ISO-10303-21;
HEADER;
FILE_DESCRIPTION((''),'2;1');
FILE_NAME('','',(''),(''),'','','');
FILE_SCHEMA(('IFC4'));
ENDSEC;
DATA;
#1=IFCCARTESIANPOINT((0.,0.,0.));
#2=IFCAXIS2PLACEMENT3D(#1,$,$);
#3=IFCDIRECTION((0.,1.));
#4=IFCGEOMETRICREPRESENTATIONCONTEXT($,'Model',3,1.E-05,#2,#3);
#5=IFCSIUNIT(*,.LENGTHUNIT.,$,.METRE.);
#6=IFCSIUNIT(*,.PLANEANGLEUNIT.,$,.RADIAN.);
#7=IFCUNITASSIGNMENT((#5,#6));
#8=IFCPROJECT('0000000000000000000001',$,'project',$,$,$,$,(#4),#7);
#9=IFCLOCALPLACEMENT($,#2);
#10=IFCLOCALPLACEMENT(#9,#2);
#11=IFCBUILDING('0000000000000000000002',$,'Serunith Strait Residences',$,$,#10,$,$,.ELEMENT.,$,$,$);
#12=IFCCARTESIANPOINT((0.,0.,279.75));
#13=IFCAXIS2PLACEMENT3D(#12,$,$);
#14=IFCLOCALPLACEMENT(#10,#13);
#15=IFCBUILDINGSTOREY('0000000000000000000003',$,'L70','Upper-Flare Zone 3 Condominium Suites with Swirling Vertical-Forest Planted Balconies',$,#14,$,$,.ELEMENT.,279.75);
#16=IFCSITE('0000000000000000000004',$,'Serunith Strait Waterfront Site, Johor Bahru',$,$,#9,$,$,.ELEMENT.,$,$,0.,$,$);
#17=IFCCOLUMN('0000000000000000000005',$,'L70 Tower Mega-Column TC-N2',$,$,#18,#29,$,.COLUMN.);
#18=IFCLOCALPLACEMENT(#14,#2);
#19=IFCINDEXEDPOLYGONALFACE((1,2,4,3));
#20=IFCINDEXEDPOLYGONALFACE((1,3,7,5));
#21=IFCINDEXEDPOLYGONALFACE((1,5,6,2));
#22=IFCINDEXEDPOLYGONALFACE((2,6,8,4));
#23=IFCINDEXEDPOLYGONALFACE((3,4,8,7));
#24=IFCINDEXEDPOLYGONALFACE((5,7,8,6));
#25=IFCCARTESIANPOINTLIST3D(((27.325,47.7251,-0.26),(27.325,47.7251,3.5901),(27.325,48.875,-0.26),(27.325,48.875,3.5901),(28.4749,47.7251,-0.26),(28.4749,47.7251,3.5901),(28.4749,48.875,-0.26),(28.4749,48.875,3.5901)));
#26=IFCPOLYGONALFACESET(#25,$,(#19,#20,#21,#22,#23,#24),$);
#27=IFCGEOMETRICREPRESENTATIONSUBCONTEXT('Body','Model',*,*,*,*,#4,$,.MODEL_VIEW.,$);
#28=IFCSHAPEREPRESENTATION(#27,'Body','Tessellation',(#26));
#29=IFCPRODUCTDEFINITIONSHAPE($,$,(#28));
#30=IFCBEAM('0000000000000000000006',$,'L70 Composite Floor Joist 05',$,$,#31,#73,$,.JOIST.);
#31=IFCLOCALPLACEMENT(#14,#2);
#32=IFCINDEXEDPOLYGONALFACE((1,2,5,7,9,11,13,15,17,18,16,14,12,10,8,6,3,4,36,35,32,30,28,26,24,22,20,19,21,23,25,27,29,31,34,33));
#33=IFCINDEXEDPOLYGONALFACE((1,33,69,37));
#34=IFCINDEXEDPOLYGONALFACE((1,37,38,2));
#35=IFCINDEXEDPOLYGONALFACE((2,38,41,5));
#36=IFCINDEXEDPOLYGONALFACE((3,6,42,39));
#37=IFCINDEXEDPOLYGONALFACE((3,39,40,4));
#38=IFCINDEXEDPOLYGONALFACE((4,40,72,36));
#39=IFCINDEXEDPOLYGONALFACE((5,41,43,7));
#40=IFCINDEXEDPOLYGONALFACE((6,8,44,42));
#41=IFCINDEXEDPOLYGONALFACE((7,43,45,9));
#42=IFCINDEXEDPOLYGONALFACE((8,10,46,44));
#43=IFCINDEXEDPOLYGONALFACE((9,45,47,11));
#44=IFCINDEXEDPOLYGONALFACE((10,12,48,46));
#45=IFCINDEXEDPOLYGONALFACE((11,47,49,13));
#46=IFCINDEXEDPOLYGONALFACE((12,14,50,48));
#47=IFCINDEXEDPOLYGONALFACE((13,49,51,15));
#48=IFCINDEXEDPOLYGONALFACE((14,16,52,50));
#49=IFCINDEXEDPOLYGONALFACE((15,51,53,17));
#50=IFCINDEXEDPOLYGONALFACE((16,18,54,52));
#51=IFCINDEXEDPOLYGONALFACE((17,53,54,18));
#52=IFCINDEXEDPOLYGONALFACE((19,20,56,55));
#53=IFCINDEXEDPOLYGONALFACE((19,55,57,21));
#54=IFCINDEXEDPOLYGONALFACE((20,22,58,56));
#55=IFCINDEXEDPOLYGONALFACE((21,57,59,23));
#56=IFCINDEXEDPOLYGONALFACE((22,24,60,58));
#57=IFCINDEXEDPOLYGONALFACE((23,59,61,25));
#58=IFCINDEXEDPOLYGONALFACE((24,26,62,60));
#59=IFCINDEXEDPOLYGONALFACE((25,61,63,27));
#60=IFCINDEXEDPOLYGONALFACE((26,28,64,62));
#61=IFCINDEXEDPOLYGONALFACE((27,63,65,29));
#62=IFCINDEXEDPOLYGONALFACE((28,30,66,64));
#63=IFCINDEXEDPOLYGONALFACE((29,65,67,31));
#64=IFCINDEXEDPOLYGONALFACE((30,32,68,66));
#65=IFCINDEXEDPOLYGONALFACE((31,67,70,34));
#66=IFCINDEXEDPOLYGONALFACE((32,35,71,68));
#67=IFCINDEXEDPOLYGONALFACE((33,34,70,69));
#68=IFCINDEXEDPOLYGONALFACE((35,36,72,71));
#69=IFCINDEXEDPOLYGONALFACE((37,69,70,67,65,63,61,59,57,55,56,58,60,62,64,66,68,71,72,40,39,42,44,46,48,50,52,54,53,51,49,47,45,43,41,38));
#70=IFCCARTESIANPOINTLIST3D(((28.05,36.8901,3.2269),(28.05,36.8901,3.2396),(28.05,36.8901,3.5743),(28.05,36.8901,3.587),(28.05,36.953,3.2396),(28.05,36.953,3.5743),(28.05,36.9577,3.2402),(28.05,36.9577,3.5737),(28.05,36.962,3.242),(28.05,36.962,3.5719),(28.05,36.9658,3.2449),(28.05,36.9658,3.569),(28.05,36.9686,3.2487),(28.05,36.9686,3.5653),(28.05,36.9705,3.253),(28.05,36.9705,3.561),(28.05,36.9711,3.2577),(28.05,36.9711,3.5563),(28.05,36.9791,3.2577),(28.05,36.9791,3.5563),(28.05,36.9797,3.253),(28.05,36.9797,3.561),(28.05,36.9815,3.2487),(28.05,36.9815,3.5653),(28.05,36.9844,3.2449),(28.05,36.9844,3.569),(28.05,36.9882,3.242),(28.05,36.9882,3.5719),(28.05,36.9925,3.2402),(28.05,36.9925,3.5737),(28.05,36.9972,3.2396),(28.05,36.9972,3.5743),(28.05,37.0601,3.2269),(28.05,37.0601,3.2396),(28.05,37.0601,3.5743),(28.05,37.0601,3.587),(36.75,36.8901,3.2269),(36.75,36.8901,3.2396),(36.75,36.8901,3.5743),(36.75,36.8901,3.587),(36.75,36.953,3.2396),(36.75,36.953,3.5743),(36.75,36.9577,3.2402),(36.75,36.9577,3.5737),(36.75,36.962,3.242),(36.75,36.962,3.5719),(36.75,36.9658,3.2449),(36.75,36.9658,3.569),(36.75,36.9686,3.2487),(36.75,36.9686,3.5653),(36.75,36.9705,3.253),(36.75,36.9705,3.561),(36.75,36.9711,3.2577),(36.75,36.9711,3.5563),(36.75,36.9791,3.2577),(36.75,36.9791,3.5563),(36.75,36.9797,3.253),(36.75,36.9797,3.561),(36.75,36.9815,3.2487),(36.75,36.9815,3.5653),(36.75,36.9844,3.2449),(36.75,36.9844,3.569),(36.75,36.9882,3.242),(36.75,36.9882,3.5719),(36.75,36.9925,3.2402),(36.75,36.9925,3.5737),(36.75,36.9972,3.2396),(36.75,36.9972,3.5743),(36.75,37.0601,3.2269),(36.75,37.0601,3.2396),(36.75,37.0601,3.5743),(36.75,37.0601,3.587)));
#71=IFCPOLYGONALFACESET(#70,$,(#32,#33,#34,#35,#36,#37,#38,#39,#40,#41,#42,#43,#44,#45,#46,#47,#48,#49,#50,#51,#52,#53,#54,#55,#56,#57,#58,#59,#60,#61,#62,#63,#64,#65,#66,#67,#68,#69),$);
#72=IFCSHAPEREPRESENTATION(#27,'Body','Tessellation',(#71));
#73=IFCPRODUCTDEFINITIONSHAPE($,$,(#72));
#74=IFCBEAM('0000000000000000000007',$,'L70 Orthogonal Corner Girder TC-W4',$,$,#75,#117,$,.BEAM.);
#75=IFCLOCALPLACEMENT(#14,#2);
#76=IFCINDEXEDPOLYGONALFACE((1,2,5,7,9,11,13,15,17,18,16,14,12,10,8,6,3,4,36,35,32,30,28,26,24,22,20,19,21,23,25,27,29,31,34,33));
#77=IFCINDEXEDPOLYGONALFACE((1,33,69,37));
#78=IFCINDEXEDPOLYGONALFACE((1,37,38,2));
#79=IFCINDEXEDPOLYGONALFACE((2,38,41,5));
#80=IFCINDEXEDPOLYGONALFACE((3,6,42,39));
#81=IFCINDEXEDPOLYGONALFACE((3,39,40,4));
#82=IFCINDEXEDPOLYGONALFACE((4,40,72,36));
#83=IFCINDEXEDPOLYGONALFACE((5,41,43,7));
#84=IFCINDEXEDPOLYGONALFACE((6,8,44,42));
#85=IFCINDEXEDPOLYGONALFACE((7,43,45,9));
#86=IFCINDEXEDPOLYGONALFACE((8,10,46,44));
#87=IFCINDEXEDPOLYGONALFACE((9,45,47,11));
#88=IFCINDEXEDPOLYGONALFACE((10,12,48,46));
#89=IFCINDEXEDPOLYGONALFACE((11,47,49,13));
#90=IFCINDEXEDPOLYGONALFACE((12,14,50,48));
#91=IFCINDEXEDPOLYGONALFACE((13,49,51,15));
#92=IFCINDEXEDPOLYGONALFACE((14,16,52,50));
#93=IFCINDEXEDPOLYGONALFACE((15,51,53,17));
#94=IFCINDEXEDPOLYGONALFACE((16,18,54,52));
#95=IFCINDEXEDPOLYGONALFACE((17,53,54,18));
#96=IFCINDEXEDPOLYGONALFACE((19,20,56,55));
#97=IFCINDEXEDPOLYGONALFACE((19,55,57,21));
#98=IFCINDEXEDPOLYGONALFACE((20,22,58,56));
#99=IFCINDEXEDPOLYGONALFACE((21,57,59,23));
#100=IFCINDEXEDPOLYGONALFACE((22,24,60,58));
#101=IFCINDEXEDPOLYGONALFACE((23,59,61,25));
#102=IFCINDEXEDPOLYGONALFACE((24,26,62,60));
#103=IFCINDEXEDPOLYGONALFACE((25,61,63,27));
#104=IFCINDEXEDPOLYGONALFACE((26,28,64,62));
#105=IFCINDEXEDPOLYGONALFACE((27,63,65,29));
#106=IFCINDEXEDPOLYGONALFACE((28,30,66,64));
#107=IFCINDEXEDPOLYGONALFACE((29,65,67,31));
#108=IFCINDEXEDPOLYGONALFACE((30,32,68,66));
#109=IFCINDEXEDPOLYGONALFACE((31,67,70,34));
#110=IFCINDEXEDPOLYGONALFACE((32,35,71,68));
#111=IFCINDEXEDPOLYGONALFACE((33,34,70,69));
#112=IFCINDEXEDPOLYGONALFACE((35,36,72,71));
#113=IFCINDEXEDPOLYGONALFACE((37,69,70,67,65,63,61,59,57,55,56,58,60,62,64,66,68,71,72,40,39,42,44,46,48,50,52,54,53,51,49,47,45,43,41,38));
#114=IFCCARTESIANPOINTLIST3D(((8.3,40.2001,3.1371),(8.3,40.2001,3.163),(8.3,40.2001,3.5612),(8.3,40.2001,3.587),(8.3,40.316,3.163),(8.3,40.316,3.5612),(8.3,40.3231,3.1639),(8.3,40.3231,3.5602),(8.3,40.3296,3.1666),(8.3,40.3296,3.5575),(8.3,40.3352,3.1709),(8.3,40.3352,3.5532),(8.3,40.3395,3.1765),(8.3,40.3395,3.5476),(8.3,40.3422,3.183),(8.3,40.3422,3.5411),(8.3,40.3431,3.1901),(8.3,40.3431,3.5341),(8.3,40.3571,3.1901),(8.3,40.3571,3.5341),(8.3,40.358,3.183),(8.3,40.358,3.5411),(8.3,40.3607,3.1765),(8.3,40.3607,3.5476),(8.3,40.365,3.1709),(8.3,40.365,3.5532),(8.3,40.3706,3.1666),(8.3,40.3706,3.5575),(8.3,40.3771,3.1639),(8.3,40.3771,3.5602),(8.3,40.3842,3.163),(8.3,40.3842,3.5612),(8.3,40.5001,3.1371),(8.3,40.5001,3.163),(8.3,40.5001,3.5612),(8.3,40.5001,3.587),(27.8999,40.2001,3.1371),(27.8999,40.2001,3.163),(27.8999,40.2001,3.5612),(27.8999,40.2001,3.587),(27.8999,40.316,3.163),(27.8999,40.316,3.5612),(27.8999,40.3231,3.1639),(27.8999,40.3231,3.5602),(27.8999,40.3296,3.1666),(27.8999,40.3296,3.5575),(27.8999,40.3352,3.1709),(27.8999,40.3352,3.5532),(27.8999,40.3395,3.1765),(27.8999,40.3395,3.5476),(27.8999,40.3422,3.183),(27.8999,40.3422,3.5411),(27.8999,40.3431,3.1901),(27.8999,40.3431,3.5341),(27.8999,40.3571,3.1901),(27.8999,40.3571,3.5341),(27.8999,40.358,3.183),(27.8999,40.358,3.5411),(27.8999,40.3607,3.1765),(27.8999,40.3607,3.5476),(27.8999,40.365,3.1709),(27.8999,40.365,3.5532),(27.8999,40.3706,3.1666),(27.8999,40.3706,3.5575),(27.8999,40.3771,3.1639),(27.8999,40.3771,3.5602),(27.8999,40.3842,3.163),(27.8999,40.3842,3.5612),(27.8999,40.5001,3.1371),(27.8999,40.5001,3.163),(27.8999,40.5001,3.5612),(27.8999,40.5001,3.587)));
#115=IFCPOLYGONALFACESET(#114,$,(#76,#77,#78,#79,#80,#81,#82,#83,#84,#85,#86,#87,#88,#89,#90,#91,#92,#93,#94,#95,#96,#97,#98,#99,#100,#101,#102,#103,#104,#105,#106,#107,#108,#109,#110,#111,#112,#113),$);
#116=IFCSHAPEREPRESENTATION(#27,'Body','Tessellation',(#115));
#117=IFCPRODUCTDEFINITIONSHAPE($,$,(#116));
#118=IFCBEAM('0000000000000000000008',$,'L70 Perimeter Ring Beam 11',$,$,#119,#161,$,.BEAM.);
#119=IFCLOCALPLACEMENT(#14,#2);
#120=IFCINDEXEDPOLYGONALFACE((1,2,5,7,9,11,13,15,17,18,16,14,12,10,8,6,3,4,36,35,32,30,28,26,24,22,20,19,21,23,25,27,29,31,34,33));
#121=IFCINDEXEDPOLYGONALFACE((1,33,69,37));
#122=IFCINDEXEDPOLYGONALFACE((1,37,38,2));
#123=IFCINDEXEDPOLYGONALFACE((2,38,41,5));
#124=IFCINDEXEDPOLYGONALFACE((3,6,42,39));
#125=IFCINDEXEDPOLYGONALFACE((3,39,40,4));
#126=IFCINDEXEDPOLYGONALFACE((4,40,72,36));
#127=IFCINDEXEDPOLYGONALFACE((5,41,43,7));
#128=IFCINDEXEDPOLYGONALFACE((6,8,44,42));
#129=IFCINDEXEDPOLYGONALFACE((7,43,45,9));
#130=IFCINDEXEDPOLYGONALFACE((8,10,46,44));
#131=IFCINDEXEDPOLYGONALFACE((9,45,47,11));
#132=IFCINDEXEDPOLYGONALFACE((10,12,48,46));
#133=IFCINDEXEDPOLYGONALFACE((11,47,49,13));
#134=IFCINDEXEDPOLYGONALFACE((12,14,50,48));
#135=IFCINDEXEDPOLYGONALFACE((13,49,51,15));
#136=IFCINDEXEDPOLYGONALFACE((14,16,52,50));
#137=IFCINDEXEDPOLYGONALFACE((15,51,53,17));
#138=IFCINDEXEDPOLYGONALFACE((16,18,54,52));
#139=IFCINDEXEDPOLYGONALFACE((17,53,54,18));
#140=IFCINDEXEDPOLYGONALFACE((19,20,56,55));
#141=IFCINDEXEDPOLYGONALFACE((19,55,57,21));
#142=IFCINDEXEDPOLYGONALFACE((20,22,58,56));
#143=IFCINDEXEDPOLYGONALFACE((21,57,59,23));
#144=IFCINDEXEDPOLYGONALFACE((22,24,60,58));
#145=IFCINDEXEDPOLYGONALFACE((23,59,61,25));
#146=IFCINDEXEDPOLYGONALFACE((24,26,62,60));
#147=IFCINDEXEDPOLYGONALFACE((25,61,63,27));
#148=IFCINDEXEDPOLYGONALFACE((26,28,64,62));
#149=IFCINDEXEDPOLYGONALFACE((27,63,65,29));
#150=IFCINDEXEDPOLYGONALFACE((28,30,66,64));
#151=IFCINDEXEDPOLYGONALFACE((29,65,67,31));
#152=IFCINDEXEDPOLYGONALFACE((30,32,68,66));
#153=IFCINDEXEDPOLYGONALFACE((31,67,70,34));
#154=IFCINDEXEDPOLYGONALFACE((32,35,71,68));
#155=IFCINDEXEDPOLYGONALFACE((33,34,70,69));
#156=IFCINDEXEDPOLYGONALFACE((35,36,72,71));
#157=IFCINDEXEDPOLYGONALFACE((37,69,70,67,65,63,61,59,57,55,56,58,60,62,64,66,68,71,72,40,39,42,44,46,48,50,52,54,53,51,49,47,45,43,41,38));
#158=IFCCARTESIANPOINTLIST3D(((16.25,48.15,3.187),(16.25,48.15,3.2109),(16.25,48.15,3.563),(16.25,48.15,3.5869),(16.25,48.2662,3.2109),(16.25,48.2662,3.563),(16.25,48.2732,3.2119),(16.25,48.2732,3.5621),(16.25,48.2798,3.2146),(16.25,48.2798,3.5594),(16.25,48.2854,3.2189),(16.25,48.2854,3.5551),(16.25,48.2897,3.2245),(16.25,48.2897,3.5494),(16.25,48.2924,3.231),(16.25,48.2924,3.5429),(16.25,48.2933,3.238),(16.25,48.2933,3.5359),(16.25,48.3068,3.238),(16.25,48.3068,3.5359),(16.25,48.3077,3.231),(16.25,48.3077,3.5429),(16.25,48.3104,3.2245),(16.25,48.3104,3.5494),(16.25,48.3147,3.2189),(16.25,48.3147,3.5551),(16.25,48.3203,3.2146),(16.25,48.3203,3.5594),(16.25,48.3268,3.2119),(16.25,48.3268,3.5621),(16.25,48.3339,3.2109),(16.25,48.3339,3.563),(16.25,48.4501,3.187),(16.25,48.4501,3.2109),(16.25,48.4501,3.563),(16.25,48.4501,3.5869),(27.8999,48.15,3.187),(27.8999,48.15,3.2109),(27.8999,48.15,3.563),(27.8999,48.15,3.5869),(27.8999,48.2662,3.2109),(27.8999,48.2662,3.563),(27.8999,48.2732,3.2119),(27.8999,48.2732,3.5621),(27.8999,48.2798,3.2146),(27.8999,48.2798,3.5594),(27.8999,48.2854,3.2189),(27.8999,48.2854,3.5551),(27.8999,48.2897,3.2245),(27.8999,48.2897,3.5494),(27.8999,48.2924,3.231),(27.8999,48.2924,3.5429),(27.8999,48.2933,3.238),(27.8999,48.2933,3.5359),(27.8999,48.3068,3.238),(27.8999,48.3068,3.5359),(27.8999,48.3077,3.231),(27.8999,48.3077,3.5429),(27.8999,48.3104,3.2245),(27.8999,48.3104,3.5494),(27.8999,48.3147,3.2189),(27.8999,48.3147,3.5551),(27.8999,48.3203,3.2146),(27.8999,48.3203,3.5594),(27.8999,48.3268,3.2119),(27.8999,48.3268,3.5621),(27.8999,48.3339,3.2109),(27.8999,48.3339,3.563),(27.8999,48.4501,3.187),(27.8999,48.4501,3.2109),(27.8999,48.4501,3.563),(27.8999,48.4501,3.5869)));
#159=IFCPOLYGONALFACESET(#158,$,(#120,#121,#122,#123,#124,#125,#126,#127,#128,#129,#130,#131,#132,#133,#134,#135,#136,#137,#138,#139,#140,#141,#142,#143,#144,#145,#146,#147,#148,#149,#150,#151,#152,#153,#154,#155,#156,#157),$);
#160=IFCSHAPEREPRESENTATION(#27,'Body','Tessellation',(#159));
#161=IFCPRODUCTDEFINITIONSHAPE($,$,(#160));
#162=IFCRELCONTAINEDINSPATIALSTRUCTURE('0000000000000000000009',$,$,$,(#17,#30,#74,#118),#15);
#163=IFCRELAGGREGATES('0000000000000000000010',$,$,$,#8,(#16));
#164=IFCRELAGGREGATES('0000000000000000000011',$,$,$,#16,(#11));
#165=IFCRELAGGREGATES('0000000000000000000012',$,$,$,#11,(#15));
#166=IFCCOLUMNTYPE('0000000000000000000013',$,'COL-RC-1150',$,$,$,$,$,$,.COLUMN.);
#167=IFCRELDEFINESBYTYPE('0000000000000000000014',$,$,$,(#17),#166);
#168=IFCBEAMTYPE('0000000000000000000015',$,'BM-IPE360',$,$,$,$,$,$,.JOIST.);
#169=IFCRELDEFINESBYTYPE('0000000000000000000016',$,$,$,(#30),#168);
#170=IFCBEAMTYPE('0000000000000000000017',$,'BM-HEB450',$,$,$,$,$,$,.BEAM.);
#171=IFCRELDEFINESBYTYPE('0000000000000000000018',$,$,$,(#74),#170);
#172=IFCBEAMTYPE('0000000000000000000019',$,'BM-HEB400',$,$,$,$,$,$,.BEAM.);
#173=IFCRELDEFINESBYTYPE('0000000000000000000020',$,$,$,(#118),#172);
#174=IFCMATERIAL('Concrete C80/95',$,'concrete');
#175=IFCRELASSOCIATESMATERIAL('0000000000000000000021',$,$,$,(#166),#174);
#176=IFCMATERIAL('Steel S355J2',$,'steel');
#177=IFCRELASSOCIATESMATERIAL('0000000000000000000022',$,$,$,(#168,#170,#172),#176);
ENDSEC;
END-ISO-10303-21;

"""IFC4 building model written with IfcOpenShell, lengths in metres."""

from ifc_helpers import new_model, si_unit, direction, frame, origin, origin_2d, place, context, subcontext, project, spatial, rectangle, i_section, extrude, source, transform, mapped, material, material_profile, profile_set, type_object, element, save


model = new_model("IFC4")

# Units and contexts
model_context = context("Model", 3, precision=1e-05, world=origin(), true_north=direction((0.0, 1.0)))
body_context = subcontext(model_context, "Body", "Model", "MODEL_VIEW")
ifc_project = project(units=[si_unit("LENGTHUNIT", "METRE"), si_unit("PLANEANGLEUNIT", "RADIAN")], contexts=[model_context])

# Site, building, storey
site_placement = place(None, origin())
site = spatial("IfcSite", under=ifc_project, at=site_placement, Name="Serunith Strait Waterfront Site, Johor Bahru", CompositionType="ELEMENT", RefElevation=0.0)
building_placement = place(site_placement, origin())
building = spatial("IfcBuilding", under=site, at=building_placement, Name="Serunith Strait Residences", CompositionType="ELEMENT")
storey_placement = place(building_placement, frame((0.0, 0.0, 279.75)))
storey = spatial("IfcBuildingStorey", under=building, at=storey_placement, Name="L70", Description="Upper-Flare Zone 3 Condominium Suites with Swirling Vertical-Forest Planted Balconies", CompositionType="ELEMENT", Elevation=279.75)

# Column
ifc_material_1 = material(Name="Concrete C80/95", Category="concrete")
ifc_material_profile_1 = material_profile(ifc_material_1, rectangle(XDim=1.1499, YDim=1.1499, at=origin_2d()), Name="RC 1150x1150")
ifc_profile_set_1 = profile_set([ifc_material_profile_1], Name="Concrete C80/95")
column_type = type_object("IfcColumnType", Name="COL-RC-1150", PredefinedType="COLUMN", material=ifc_profile_set_1)
shared_shape_1 = source(origin(), body_context, "Body", "SweptSolid", [
    extrude(rectangle(XDim=1.1499, YDim=1.1499, at=origin_2d()), origin(), (0.0, 0.0, 1.0), 3.8501),
])
column_placement = place(storey_placement, frame((27.8999, 48.3, -0.26), z_axis=(0.0, 0.0, 1.0), x_axis=(1.0, 0.0, 0.0)))
element("IfcColumn", 1, at=column_placement, inside=storey, type_object=column_type, Name="L70 Tower Mega-Column TC-N2", PredefinedType="COLUMN", context=body_context, shape_type="MappedRepresentation", body=[
    mapped(shared_shape_1, transform((0.0, 0.0, 0.0), scale=1.0)),
])

# Beams
ifc_material_2 = material(Name="Steel S355J2", Category="steel")
ifc_material_profile_2 = material_profile(ifc_material_2, i_section(OverallWidth=0.1699, OverallDepth=0.3601, WebThickness=0.0081, FlangeThickness=0.0127, FilletRadius=0.0181, at=origin_2d()), Name="IPE 360")
ifc_profile_set_2 = profile_set([ifc_material_profile_2], Name="Steel S355J2")
beam_type_1 = type_object("IfcBeamType", Name="BM-IPE360", PredefinedType="JOIST", material=ifc_profile_set_2)
shared_shape_2 = source(origin(), body_context, "Body", "SweptSolid", [
    extrude(i_section(OverallWidth=0.1699, OverallDepth=0.3601, WebThickness=0.0081, FlangeThickness=0.0127, FilletRadius=0.0181, at=origin_2d()), origin(), (0.0, 0.0, 1.0), 8.7),
])
beam_1_placement = place(storey_placement, frame((28.05, 36.9751, 3.407), z_axis=(1.0, 0.0, 0.0), x_axis=(0.0, 1.0, 0.0)))
element("IfcBeam", 2, at=beam_1_placement, inside=storey, type_object=beam_type_1, Name="L70 Composite Floor Joist 05", PredefinedType="JOIST", context=body_context, shape_type="MappedRepresentation", body=[
    mapped(shared_shape_2, transform((0.0, 0.0, 0.0), scale=1.0)),
])
ifc_material_profile_3 = material_profile(ifc_material_2, i_section(OverallWidth=0.3, OverallDepth=0.45, WebThickness=0.0139, FlangeThickness=0.0259, FilletRadius=0.0271, at=origin_2d()), Name="HEB 450")
ifc_profile_set_3 = profile_set([ifc_material_profile_3], Name="Steel S355J2")
beam_type_2 = type_object("IfcBeamType", Name="BM-HEB450", PredefinedType="BEAM", material=ifc_profile_set_3)
shared_shape_3 = source(origin(), body_context, "Body", "SweptSolid", [
    extrude(i_section(OverallWidth=0.3, OverallDepth=0.45, WebThickness=0.0139, FlangeThickness=0.0259, FilletRadius=0.0271, at=origin_2d()), origin(), (0.0, 0.0, 1.0), 19.5999),
])
beam_2_placement = place(storey_placement, frame((27.8999, 40.3501, 3.3621), z_axis=(-1.0, 0.0, 0.0), x_axis=(0.0, -1.0, 0.0)))
element("IfcBeam", 3, at=beam_2_placement, inside=storey, type_object=beam_type_2, Name="L70 Orthogonal Corner Girder TC-W4", PredefinedType="BEAM", context=body_context, shape_type="MappedRepresentation", body=[
    mapped(shared_shape_3, transform((0.0, 0.0, 0.0), scale=1.0)),
])
ifc_material_profile_4 = material_profile(ifc_material_2, i_section(OverallWidth=0.3, OverallDepth=0.3999, WebThickness=0.0134, FlangeThickness=0.0239, FilletRadius=0.0271, at=origin_2d()), Name="HEB 400")
ifc_profile_set_4 = profile_set([ifc_material_profile_4], Name="Steel S355J2")
beam_type_3 = type_object("IfcBeamType", Name="BM-HEB400", PredefinedType="BEAM", material=ifc_profile_set_4)
shared_shape_4 = source(origin(), body_context, "Body", "SweptSolid", [
    extrude(i_section(OverallWidth=0.3, OverallDepth=0.3999, WebThickness=0.0134, FlangeThickness=0.0239, FilletRadius=0.0271, at=origin_2d()), origin(), (0.0, 0.0, 1.0), 11.6499),
])
beam_3_placement = place(storey_placement, frame((27.8999, 48.3, 3.387), z_axis=(-1.0, 0.0, 0.0), x_axis=(0.0, -1.0, 0.0)))
element("IfcBeam", 4, at=beam_3_placement, inside=storey, type_object=beam_type_3, Name="L70 Perimeter Ring Beam 11", PredefinedType="BEAM", context=body_context, shape_type="MappedRepresentation", body=[
    mapped(shared_shape_4, transform((0.0, 0.0, 0.0), scale=1.0)),
])

save(model, "model.ifc")
